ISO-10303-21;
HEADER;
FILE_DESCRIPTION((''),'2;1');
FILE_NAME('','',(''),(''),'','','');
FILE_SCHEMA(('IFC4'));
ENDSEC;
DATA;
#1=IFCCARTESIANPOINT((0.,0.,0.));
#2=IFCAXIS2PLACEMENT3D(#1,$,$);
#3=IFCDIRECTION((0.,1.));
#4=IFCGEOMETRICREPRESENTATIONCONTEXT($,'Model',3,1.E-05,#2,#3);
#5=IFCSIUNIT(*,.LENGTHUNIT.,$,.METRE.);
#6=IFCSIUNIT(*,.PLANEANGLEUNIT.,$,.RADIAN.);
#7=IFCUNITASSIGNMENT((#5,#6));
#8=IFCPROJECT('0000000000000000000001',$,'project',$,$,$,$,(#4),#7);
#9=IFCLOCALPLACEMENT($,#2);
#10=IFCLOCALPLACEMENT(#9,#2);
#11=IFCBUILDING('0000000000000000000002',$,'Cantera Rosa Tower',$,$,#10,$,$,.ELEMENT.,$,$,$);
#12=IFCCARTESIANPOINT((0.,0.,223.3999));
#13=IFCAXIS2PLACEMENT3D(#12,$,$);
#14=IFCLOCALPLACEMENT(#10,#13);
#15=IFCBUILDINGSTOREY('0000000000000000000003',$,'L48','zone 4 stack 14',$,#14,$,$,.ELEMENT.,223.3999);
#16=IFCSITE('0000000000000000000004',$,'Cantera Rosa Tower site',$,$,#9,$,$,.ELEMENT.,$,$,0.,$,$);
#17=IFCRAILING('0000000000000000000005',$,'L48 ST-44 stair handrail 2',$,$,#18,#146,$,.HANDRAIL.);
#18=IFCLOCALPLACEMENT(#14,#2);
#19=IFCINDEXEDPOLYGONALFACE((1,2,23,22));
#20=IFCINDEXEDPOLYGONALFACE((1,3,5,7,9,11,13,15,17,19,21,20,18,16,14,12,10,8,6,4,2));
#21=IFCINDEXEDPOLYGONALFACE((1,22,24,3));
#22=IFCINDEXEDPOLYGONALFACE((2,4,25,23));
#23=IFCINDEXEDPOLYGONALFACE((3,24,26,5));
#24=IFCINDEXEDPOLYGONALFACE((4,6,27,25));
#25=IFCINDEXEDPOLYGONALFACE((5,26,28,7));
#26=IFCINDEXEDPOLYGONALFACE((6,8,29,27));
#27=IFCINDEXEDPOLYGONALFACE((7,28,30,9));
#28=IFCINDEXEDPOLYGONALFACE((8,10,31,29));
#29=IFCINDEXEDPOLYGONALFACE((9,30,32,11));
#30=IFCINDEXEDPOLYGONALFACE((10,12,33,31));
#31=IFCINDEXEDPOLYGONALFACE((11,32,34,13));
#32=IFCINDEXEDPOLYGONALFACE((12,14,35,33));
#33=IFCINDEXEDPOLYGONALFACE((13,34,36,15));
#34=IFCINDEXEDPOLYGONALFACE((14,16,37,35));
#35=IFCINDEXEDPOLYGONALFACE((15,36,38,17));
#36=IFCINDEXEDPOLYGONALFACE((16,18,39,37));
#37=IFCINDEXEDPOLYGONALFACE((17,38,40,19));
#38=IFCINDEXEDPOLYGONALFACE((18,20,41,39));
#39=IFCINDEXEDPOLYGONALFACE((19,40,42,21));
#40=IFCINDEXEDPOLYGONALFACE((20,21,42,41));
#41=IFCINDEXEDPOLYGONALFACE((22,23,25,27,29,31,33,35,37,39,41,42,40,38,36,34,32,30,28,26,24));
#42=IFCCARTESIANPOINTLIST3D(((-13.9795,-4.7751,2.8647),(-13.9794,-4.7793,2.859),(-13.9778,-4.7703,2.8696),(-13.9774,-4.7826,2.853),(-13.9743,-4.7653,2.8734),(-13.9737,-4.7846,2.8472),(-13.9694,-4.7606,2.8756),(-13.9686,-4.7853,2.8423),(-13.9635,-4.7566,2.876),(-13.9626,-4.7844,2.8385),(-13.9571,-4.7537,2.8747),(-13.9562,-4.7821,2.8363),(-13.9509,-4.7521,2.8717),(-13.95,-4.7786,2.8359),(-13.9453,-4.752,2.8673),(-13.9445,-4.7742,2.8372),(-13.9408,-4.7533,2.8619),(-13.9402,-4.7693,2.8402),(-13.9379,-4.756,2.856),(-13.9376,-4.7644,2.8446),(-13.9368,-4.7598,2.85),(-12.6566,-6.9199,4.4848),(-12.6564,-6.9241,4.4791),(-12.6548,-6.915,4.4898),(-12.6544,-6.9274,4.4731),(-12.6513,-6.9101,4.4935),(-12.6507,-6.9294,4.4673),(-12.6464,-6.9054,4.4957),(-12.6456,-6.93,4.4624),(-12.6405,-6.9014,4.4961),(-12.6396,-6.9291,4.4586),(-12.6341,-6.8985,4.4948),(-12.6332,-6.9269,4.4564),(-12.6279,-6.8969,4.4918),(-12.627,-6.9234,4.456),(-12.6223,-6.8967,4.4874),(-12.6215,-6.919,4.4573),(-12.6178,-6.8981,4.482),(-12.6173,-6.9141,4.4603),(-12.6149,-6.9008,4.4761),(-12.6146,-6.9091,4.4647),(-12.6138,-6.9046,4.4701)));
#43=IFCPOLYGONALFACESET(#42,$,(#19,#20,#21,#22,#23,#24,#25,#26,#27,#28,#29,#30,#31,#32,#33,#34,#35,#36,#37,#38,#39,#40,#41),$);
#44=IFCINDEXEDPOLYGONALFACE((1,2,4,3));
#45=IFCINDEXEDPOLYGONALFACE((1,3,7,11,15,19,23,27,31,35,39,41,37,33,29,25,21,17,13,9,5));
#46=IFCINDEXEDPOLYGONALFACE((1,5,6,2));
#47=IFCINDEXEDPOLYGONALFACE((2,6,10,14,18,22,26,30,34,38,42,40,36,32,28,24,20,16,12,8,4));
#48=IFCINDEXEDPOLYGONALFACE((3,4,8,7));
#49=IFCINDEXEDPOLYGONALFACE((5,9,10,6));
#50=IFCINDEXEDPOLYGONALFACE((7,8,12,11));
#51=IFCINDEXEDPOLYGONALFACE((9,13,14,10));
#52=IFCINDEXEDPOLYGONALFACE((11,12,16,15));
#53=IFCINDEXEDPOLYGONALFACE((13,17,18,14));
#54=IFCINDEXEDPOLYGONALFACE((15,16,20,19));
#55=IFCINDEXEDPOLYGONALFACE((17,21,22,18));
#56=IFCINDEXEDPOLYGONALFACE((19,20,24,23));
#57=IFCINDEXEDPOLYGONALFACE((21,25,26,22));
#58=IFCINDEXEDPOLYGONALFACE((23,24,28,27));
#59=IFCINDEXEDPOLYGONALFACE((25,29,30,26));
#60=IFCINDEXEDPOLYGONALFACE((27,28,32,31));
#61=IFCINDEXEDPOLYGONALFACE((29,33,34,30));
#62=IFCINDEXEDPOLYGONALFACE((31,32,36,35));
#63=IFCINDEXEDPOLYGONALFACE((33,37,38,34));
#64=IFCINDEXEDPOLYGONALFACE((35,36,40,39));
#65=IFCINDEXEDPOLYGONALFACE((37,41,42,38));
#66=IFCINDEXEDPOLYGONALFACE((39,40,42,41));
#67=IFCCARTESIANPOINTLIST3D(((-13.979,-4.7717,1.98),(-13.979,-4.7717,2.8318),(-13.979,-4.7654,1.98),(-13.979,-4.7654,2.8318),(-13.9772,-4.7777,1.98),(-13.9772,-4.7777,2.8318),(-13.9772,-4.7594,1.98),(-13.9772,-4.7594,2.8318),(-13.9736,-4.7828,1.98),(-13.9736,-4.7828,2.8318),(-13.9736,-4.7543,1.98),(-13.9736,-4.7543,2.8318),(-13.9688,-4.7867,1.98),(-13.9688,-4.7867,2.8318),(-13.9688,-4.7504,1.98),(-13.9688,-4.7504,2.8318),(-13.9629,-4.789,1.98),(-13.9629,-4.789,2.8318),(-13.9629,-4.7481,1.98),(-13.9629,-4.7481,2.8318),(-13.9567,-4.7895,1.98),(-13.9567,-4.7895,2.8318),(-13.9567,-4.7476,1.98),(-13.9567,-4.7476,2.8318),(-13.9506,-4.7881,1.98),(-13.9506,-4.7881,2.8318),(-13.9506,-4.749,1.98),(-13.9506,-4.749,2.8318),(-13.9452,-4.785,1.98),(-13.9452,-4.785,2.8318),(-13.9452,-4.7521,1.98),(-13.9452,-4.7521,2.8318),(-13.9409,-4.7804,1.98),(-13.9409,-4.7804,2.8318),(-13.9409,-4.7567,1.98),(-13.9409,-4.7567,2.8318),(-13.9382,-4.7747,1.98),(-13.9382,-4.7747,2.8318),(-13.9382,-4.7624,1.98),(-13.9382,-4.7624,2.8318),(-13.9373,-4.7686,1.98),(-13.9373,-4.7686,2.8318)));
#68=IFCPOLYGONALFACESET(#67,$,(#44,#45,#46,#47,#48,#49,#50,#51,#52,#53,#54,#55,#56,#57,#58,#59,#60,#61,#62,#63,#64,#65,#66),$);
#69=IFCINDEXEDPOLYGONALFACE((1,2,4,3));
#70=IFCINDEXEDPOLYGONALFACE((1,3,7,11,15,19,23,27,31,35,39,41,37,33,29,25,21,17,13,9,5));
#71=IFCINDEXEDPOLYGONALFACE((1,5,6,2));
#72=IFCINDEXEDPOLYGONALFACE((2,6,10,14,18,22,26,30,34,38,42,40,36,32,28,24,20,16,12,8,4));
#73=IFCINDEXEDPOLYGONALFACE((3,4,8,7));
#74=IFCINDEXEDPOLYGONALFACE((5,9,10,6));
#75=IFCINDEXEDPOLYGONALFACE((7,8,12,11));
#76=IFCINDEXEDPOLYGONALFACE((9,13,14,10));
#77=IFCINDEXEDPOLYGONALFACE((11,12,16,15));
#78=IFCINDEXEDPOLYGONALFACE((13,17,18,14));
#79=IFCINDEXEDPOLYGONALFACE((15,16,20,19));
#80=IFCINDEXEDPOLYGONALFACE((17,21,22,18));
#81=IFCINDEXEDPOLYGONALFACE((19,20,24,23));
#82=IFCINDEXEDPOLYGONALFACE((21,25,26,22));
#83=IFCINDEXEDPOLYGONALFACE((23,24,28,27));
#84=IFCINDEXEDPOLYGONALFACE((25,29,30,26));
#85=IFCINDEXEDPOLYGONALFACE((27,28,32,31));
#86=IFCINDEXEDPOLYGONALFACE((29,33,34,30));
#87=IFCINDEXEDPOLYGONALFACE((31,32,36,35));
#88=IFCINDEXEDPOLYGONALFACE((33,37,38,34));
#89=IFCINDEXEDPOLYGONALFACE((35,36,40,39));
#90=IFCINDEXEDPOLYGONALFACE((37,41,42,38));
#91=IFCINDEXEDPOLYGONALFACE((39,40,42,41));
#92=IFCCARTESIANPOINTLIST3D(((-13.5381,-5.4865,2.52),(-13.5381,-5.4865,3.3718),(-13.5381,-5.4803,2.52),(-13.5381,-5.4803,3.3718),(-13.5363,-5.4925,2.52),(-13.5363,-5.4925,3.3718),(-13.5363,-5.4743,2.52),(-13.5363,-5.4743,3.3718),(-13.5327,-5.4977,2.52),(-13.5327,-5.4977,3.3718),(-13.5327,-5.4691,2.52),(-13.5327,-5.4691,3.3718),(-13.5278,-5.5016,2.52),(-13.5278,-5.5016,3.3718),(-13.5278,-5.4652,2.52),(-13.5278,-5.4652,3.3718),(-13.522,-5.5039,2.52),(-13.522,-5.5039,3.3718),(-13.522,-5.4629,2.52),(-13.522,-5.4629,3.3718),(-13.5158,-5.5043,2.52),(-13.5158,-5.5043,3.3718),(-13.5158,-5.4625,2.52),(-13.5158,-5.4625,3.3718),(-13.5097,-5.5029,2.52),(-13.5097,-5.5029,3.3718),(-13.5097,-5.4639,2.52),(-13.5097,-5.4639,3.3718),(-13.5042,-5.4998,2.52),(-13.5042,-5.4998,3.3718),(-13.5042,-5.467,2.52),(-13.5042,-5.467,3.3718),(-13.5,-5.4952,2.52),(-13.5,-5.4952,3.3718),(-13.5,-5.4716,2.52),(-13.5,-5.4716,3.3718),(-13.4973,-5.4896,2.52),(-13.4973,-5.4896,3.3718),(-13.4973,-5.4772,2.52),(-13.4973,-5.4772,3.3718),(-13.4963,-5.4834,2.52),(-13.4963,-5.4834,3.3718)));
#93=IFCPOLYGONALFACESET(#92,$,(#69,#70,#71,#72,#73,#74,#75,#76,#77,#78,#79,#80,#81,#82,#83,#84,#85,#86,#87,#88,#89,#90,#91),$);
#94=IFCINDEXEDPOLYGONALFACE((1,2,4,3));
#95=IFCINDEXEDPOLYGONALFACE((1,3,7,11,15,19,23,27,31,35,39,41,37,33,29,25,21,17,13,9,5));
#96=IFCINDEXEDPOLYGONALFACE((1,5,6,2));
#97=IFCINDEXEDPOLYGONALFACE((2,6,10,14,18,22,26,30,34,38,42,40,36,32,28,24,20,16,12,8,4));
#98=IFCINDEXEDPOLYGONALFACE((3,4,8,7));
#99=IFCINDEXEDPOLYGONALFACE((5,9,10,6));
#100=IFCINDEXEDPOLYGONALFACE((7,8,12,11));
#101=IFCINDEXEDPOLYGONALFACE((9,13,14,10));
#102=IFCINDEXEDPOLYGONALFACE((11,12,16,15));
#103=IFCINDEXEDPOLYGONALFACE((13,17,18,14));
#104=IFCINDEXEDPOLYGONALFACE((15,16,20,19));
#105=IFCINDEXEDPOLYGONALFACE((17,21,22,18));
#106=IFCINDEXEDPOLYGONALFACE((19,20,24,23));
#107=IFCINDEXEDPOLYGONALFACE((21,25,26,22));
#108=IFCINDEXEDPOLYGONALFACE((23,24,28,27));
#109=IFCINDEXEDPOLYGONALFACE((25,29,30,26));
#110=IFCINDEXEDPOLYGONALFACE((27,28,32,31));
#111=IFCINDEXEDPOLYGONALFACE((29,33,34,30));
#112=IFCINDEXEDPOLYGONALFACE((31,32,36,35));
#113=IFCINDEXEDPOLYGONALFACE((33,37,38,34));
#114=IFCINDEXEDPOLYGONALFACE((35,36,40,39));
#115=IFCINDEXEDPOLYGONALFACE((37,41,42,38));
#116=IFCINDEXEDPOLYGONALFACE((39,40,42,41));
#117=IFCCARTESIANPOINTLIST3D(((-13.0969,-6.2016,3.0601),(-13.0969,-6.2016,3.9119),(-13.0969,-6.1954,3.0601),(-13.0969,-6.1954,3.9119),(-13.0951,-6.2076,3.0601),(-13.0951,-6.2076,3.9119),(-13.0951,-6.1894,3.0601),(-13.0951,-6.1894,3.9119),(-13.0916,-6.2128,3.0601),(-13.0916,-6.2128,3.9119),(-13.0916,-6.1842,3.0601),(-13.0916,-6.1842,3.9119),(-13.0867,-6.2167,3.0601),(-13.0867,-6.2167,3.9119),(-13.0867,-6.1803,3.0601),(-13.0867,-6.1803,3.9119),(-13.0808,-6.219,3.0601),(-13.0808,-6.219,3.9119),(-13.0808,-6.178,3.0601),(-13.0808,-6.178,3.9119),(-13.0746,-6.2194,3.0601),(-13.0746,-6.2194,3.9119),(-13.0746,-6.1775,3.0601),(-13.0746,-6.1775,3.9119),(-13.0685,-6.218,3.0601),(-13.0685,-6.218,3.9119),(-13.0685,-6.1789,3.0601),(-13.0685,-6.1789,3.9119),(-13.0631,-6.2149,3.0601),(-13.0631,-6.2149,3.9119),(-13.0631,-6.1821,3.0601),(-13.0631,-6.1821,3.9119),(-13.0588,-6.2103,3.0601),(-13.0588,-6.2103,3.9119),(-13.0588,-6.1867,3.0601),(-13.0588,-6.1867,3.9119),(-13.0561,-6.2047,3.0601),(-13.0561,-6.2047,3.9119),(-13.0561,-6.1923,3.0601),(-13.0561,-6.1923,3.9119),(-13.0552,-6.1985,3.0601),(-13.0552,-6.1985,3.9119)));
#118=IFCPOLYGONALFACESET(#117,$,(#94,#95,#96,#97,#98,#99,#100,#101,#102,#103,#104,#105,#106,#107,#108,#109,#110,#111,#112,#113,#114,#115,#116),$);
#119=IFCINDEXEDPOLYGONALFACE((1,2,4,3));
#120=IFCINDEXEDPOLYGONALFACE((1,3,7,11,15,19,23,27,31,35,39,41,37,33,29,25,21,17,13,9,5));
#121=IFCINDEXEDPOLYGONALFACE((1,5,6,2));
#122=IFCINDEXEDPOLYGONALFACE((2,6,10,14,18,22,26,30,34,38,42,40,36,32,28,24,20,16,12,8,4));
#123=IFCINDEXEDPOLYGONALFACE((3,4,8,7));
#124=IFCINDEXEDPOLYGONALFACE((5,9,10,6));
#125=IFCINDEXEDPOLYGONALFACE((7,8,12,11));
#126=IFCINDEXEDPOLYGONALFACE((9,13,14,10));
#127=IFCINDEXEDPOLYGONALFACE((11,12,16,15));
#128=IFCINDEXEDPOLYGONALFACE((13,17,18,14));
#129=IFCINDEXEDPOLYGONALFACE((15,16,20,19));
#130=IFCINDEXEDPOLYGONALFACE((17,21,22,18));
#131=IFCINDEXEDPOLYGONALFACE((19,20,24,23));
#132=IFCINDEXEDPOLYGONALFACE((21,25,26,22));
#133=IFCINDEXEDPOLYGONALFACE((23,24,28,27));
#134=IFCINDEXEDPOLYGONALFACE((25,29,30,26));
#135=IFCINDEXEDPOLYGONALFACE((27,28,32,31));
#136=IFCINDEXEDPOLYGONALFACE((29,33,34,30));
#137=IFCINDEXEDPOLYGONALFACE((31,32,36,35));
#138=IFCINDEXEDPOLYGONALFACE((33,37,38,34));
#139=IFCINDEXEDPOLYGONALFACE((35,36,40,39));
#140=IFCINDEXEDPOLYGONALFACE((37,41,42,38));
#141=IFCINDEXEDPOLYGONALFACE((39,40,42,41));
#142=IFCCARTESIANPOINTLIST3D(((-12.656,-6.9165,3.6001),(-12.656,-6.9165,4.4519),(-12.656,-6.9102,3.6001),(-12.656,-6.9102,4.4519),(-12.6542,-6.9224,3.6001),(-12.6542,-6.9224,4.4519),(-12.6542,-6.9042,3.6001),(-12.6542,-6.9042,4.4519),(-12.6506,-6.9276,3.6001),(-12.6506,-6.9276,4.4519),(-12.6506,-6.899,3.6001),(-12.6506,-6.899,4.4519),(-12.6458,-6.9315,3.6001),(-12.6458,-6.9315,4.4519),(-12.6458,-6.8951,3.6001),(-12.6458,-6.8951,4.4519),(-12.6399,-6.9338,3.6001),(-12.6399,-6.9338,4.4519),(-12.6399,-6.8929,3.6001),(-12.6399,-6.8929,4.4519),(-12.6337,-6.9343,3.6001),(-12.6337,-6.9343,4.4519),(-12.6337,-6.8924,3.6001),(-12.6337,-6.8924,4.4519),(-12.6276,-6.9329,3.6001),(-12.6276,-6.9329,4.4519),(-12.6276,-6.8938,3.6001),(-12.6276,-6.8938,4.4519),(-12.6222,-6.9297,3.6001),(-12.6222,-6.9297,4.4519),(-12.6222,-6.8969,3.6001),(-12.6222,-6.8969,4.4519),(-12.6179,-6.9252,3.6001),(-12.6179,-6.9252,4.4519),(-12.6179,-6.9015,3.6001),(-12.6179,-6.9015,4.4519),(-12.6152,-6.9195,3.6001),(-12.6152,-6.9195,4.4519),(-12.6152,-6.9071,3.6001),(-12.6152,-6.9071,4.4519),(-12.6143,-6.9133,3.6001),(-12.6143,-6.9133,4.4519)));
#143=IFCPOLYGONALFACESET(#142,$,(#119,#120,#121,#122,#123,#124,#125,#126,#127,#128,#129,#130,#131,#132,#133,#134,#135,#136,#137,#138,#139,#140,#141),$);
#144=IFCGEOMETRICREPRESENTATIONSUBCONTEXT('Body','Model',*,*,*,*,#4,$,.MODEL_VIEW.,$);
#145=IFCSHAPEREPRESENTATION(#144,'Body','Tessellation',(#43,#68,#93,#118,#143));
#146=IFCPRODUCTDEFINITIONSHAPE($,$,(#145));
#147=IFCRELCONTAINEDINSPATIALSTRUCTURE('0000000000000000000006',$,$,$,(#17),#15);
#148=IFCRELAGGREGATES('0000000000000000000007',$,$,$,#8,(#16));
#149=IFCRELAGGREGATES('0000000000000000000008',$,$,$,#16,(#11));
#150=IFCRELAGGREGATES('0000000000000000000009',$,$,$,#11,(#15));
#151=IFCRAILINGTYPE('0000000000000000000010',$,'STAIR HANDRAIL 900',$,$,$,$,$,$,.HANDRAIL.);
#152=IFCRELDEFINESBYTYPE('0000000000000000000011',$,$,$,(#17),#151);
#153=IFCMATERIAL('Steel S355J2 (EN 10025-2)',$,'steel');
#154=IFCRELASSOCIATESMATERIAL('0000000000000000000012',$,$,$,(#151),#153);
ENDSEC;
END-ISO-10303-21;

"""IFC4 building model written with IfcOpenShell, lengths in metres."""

from ifc_helpers import new_model, si_unit, direction, frame, origin, origin_2d, place, context, subcontext, project, spatial, circle, extrude, material, type_object, element, save


model = new_model("IFC4")

# Units and contexts
model_context = context("Model", 3, precision=1e-05, world=origin(), true_north=direction((0.0, 1.0)))
body_context = subcontext(model_context, "Body", "Model", "MODEL_VIEW")
ifc_project = project(units=[si_unit("LENGTHUNIT", "METRE"), si_unit("PLANEANGLEUNIT", "RADIAN")], contexts=[model_context])

# Site, building, storey
site_placement = place(None, origin())
site = spatial("IfcSite", under=ifc_project, at=site_placement, Name="Cantera Rosa Tower site", CompositionType="ELEMENT", RefElevation=0.0)
building_placement = place(site_placement, origin())
building = spatial("IfcBuilding", under=site, at=building_placement, Name="Cantera Rosa Tower", CompositionType="ELEMENT")
storey_placement = place(building_placement, frame((0.0, 0.0, 223.3999)))
storey = spatial("IfcBuildingStorey", under=building, at=storey_placement, Name="L48", Description="zone 4 stack 14", CompositionType="ELEMENT", Elevation=223.3999)

# Railing
ifc_material_1 = material(Name="Steel S355J2 (EN 10025-2)", Category="steel")
railing_type_1 = type_object("IfcRailingType", Name="STAIR HANDRAIL 900", PredefinedType="HANDRAIL", material=ifc_material_1)
railing_1_placement = place(storey_placement, frame((-13.9583, -4.7686, 1.98)))
element("IfcRailing", 1, at=railing_1_placement, inside=storey, type_object=railing_type_1, Name="L48 ST-44 stair handrail 2", PredefinedType="HANDRAIL", context=body_context, shape_type="SweptSolid", body=[
    extrude(circle(Radius=0.0239, at=origin_2d()), frame((0.0, 0.0, 0.876), z_axis=(0.441609, -0.715914, 0.540786), x_axis=(0.851102, 0.525, 0.0)), (0.0, 0.0, 1.0), 2.9958),
    extrude(circle(Radius=0.021, at=origin_2d()), origin(), (0.0, 0.0, 1.0), 0.8518),
    extrude(circle(Radius=0.021, at=origin_2d()), frame((0.4409, -0.7148, 0.54)), (0.0, 0.0, 1.0), 0.8518),
    extrude(circle(Radius=0.021, at=origin_2d()), frame((0.8821, -1.4299, 1.0801)), (0.0, 0.0, 1.0), 0.8518),
    extrude(circle(Radius=0.021, at=origin_2d()), frame((1.323, -2.1448, 1.6201)), (0.0, 0.0, 1.0), 0.8518),
])

save(model, "model.ifc")
